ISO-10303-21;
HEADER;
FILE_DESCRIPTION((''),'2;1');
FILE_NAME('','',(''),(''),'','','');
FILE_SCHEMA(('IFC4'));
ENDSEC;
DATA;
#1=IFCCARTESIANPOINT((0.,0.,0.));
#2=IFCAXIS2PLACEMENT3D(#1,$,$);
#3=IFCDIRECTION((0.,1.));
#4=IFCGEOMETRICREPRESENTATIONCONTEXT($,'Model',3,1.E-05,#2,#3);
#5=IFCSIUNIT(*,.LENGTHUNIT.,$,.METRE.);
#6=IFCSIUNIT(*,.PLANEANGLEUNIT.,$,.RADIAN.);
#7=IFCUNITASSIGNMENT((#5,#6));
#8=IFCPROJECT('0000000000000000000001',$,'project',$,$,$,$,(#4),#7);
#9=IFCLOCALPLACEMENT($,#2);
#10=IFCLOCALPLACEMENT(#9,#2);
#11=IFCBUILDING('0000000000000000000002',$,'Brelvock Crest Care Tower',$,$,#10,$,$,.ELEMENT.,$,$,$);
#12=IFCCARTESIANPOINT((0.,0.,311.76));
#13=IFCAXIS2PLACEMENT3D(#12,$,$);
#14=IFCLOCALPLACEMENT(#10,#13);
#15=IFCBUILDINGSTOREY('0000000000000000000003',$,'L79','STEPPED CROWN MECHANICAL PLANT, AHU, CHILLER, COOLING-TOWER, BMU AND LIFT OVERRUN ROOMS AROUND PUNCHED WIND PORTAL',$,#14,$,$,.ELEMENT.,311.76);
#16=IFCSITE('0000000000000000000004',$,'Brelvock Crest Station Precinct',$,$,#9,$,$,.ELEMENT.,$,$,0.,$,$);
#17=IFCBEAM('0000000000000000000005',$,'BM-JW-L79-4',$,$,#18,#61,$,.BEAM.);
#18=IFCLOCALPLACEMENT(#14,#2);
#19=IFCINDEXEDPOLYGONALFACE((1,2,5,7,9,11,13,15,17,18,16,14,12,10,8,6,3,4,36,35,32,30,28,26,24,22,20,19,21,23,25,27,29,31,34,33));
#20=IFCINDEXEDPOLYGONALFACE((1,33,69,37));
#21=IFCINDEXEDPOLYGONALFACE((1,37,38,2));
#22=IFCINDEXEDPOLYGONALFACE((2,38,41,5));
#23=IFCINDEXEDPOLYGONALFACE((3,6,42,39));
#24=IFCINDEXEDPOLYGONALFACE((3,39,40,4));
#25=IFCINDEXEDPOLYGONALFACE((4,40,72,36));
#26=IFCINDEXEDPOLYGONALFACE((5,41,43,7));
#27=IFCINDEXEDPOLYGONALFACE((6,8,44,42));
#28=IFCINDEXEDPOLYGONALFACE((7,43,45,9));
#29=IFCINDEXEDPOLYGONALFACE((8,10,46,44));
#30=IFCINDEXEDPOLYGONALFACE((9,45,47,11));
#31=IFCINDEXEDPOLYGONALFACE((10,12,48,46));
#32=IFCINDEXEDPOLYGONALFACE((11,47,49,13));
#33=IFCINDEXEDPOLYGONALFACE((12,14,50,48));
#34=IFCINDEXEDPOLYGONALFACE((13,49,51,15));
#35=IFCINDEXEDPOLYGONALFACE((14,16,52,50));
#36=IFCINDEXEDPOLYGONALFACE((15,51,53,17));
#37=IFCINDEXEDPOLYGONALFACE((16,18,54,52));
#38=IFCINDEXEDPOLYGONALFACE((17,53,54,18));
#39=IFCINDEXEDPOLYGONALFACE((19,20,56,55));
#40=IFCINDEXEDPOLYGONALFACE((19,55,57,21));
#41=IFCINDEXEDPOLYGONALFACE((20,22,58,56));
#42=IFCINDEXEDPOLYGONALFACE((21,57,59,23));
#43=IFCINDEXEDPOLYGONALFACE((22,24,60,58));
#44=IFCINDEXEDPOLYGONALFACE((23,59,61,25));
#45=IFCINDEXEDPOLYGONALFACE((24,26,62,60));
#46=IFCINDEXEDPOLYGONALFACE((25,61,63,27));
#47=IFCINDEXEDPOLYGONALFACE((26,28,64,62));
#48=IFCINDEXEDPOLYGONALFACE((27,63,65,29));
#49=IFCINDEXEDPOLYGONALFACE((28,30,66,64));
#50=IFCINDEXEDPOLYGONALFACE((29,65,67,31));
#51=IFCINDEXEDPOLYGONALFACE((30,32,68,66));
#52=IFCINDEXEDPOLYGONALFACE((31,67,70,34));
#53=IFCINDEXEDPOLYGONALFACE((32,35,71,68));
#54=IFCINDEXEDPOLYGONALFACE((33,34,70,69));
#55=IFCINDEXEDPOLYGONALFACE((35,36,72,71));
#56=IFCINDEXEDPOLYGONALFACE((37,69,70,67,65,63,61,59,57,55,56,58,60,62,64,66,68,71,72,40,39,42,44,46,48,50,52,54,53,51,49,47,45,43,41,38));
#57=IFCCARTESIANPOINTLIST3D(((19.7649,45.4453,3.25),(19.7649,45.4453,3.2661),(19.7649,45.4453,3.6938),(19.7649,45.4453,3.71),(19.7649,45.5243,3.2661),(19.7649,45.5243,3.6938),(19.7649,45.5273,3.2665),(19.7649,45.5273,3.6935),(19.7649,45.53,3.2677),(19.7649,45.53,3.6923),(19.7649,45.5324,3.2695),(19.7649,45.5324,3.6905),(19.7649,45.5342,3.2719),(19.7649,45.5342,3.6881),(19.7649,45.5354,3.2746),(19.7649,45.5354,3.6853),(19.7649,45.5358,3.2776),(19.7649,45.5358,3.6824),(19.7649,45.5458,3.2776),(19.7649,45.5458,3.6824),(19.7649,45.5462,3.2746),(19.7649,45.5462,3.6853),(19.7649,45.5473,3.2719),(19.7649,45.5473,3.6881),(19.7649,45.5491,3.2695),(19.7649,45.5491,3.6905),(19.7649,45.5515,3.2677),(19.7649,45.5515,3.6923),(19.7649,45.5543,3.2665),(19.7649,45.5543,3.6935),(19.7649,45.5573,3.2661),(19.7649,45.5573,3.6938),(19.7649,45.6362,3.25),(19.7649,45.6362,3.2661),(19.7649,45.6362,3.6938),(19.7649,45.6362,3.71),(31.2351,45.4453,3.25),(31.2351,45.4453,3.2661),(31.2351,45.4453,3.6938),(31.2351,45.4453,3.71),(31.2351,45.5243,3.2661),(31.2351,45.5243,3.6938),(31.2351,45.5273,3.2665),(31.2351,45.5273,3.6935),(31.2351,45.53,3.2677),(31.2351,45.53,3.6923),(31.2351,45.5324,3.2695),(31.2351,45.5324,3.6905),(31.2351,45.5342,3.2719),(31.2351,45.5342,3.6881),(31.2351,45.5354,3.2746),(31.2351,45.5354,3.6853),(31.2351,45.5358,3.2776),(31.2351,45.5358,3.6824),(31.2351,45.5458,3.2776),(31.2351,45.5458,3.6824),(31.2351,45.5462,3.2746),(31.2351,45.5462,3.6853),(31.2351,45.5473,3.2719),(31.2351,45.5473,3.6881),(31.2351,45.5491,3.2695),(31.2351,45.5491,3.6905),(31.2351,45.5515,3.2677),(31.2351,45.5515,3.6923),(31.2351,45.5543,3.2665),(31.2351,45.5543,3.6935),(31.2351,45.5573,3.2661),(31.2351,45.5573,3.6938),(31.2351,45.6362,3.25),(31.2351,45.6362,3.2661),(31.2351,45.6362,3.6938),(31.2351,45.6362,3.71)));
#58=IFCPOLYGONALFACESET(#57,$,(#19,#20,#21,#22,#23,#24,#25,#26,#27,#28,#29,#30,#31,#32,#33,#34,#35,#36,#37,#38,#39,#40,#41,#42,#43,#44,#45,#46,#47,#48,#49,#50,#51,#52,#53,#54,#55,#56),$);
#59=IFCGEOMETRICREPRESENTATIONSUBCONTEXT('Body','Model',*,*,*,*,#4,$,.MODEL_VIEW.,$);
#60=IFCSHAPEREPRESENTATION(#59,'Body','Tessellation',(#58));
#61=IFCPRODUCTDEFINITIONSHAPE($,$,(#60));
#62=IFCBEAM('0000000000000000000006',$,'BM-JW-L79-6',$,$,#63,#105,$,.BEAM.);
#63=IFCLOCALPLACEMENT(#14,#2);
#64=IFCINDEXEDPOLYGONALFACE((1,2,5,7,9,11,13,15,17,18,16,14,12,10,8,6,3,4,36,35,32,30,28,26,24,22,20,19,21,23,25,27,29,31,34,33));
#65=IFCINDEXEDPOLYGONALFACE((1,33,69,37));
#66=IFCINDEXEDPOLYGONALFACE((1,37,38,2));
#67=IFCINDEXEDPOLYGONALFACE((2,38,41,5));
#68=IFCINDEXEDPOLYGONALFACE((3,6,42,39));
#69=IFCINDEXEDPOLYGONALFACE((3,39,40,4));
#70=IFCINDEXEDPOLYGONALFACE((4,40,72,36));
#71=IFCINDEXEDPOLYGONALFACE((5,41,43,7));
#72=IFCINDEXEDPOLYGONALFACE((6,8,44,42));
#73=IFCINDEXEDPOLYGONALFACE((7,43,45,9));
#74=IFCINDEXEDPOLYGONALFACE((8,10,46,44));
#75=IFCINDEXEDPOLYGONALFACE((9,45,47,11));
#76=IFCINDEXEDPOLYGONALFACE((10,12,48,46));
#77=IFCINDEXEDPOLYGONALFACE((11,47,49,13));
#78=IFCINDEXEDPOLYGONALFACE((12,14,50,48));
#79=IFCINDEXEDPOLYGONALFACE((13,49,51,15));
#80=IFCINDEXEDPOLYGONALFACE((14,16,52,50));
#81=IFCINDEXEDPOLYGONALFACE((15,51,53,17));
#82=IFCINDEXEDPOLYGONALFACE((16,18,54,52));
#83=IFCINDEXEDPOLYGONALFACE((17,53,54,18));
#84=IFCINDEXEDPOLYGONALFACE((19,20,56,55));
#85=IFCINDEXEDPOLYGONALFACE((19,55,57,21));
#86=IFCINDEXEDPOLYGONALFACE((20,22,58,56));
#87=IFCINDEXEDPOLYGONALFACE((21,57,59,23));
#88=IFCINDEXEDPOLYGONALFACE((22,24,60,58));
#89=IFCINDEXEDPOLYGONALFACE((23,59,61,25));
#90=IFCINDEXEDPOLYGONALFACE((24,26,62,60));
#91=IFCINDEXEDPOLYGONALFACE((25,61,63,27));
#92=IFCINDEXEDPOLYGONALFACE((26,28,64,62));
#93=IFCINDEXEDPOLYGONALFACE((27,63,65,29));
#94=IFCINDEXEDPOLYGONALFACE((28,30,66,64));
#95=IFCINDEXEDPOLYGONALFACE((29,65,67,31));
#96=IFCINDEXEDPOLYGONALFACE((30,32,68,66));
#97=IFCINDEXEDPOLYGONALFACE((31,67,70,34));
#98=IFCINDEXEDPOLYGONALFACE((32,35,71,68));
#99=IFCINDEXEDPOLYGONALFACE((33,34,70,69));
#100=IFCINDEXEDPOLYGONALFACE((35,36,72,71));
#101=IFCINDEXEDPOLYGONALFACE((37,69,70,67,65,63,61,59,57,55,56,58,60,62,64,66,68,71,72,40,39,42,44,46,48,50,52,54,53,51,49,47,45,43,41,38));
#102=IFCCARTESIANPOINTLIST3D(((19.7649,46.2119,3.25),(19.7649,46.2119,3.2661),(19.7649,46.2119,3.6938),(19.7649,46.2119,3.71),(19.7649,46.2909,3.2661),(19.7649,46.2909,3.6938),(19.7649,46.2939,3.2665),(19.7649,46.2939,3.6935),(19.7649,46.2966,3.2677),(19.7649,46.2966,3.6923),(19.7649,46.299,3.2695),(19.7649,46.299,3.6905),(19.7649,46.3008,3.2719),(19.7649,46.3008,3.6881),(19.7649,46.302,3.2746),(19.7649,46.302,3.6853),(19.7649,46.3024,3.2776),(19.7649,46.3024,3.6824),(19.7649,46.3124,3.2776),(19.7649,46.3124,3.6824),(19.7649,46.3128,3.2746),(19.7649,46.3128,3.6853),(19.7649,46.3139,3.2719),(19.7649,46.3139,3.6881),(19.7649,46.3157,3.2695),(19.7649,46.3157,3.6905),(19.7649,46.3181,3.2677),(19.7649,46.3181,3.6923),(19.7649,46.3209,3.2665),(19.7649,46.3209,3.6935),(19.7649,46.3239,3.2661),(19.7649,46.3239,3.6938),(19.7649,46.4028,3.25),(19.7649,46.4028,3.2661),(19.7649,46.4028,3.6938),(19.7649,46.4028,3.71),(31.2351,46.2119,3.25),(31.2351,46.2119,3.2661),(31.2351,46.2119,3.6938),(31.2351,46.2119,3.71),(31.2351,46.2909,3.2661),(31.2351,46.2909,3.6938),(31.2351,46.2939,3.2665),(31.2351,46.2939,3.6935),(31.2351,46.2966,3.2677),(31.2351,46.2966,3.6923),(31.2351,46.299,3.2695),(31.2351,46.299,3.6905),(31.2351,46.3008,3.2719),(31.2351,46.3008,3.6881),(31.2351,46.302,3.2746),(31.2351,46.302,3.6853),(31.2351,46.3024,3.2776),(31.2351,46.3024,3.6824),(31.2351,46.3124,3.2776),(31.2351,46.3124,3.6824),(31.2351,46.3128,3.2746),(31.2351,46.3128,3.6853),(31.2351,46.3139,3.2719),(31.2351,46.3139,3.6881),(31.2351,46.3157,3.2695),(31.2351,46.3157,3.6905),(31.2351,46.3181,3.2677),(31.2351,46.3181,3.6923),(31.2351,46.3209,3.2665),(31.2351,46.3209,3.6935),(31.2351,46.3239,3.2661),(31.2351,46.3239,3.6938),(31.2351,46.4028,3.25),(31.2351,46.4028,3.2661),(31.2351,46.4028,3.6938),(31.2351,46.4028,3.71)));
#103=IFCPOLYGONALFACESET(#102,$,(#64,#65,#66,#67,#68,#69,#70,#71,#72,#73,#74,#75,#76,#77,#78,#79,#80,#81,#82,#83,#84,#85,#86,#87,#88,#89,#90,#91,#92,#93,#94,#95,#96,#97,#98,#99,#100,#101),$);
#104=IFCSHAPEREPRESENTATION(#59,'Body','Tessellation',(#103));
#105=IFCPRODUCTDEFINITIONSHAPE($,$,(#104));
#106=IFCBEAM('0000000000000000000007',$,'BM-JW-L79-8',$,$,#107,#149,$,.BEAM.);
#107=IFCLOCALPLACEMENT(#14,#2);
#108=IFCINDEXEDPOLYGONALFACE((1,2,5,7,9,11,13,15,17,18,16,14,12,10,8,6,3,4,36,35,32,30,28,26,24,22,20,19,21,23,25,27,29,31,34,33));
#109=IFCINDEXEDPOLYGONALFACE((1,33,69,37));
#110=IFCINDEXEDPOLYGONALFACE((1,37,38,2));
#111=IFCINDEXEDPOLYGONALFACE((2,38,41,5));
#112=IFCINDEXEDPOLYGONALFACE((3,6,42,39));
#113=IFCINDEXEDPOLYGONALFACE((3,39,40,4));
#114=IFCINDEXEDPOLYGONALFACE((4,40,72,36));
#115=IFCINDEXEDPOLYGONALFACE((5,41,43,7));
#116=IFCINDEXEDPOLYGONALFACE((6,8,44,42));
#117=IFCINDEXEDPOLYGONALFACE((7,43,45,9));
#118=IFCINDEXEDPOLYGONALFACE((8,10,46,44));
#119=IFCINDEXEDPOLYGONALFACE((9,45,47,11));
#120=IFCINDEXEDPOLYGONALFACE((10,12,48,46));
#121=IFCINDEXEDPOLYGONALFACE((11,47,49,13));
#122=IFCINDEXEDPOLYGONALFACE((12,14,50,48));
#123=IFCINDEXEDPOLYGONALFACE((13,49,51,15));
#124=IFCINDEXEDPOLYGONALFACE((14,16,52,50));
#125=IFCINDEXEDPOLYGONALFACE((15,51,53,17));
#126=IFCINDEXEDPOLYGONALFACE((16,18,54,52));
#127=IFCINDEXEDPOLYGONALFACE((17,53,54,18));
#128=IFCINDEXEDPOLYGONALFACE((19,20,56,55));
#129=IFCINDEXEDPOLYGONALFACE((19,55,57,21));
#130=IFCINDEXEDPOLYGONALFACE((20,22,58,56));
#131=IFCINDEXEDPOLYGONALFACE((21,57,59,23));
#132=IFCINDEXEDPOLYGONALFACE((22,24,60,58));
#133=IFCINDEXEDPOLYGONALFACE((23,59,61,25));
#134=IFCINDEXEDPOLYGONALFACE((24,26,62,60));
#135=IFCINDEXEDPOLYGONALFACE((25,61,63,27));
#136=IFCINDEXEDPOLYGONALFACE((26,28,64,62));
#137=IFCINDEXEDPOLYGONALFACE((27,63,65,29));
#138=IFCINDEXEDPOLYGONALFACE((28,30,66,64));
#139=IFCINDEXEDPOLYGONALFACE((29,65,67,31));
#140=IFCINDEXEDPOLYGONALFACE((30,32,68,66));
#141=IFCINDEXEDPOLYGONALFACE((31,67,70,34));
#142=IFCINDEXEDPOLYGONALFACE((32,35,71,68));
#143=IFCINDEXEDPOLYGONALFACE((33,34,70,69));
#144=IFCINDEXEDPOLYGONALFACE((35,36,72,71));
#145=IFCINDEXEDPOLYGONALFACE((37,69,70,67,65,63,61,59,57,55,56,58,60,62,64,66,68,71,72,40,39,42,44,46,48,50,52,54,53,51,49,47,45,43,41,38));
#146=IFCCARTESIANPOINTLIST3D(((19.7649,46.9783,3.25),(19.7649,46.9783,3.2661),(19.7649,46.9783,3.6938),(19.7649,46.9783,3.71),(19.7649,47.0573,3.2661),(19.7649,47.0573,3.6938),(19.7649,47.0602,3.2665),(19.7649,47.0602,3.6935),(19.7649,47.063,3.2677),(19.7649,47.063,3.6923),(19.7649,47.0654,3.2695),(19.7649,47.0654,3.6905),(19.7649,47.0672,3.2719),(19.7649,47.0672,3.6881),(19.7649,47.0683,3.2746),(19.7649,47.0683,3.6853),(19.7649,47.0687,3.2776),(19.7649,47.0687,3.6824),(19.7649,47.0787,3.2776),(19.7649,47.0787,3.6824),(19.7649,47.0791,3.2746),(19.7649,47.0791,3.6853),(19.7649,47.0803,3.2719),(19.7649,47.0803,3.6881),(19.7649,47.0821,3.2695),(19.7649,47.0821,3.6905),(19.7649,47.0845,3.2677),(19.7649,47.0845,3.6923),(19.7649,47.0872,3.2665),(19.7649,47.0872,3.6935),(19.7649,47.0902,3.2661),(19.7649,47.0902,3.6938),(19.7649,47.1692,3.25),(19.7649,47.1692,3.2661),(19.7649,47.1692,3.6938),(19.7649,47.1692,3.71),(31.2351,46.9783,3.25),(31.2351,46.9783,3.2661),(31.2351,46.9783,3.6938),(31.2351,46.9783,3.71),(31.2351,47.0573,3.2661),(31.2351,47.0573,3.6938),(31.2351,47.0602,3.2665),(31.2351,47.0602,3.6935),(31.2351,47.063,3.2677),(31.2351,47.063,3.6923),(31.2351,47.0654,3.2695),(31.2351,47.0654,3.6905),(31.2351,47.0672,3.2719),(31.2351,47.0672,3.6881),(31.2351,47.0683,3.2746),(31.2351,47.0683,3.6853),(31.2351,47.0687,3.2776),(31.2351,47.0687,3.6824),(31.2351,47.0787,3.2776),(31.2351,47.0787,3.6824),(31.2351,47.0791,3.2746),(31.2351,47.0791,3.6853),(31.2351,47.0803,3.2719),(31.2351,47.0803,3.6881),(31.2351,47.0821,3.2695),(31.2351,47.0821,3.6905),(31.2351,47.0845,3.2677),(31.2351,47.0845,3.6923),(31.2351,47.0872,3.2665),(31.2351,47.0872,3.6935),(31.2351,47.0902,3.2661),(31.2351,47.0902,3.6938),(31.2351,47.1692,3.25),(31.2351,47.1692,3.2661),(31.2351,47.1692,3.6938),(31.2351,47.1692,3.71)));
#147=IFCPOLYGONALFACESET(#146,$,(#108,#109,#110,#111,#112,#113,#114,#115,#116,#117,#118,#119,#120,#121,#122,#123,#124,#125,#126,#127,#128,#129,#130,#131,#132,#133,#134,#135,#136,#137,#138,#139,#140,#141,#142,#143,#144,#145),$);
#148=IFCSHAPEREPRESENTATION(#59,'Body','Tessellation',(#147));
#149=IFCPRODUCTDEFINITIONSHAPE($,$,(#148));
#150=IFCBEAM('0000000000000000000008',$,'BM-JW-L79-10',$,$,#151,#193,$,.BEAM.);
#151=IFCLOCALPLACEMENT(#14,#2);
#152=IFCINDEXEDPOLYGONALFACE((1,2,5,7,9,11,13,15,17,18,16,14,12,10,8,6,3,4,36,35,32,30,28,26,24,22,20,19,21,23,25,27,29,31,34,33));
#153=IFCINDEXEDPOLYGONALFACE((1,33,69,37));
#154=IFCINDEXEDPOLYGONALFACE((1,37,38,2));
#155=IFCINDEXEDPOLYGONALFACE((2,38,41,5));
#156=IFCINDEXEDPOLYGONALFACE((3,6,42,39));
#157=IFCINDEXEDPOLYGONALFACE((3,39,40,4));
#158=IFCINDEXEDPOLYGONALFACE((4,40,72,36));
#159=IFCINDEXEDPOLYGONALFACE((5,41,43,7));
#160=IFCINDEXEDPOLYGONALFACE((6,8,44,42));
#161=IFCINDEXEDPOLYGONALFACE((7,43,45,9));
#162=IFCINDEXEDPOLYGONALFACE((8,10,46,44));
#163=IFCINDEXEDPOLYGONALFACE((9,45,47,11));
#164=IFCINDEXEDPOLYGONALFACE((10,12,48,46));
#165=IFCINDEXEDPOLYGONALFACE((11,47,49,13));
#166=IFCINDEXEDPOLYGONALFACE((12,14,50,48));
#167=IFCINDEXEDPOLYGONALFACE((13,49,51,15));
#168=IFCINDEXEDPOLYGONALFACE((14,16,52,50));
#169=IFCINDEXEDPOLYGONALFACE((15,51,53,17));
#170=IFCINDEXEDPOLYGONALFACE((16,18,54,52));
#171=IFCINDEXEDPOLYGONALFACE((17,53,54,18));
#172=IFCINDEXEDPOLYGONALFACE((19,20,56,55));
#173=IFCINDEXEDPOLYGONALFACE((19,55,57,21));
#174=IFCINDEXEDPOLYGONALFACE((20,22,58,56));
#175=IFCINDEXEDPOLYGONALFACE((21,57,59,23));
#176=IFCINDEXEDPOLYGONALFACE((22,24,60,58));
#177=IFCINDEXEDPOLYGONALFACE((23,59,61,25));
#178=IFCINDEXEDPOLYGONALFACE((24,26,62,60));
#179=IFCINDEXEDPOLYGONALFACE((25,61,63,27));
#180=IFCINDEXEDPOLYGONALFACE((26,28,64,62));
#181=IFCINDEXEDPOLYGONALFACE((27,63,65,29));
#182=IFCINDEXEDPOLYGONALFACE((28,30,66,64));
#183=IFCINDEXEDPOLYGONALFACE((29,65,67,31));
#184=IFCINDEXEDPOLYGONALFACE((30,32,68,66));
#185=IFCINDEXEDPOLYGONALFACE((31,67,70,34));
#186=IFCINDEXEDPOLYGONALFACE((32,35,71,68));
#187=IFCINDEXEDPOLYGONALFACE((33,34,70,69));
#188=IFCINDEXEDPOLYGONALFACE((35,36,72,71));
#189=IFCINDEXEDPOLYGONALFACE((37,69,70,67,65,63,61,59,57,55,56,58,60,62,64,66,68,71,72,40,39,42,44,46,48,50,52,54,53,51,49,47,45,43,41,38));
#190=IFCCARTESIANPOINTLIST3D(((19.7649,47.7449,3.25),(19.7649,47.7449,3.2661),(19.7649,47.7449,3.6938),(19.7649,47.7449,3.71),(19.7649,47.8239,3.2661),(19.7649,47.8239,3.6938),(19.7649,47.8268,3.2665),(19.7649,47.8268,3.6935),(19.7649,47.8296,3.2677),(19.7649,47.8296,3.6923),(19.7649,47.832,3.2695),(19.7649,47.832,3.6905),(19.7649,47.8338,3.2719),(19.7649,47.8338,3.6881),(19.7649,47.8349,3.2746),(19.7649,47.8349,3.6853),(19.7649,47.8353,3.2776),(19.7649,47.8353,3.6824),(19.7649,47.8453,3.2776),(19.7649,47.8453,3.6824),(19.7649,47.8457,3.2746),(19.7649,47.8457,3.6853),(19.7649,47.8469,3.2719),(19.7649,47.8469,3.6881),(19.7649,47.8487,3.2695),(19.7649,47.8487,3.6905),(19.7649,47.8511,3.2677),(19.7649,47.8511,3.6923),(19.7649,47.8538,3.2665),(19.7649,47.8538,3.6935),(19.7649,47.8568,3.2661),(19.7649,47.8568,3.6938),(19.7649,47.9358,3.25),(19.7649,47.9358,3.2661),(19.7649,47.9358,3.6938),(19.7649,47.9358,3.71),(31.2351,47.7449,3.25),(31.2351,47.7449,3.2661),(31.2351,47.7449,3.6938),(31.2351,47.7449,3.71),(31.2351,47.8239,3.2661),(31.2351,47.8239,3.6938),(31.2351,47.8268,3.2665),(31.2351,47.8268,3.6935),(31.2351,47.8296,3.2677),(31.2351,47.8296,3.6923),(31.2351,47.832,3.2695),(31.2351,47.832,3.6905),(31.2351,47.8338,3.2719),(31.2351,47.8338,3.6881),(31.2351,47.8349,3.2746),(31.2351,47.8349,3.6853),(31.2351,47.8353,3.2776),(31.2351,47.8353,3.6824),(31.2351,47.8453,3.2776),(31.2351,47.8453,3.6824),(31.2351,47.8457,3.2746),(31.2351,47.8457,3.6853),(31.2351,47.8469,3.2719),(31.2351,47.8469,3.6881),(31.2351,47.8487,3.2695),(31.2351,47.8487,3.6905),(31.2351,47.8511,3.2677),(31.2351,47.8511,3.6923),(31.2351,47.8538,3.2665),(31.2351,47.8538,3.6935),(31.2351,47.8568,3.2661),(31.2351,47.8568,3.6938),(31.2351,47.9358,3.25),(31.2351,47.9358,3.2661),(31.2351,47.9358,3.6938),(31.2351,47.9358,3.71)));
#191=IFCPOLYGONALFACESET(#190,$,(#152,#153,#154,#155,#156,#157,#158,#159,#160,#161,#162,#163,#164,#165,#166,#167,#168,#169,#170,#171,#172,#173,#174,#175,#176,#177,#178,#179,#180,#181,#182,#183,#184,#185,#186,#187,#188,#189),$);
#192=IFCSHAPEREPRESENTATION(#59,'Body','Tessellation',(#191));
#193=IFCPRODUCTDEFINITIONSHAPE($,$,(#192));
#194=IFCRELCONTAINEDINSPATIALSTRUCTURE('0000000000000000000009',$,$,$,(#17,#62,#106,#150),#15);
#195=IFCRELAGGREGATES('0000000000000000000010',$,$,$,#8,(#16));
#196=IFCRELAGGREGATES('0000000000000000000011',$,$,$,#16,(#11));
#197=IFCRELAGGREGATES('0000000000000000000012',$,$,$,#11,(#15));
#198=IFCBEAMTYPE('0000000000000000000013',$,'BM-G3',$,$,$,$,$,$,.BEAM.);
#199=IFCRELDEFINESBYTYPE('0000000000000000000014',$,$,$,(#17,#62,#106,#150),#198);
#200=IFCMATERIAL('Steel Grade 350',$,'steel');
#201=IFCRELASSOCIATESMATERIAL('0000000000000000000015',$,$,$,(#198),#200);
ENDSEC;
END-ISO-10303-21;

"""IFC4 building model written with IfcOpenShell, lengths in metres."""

from ifc_helpers import new_model, si_unit, direction, frame, origin, origin_2d, place, context, subcontext, project, spatial, i_section, extrude, source, transform, mapped, material, material_profile, profile_set, type_object, element, save


model = new_model("IFC4")

# Units and contexts
model_context = context("Model", 3, precision=1e-05, world=origin(), true_north=direction((0.0, 1.0)))
body_context = subcontext(model_context, "Body", "Model", "MODEL_VIEW")
ifc_project = project(units=[si_unit("LENGTHUNIT", "METRE"), si_unit("PLANEANGLEUNIT", "RADIAN")], contexts=[model_context])

# Site, building, storey
site_placement = place(None, origin())
site = spatial("IfcSite", under=ifc_project, at=site_placement, Name="Brelvock Crest Station Precinct", CompositionType="ELEMENT", RefElevation=0.0)
building_placement = place(site_placement, origin())
building = spatial("IfcBuilding", under=site, at=building_placement, Name="Brelvock Crest Care Tower", CompositionType="ELEMENT")
storey_placement = place(building_placement, frame((0.0, 0.0, 311.76)))
storey = spatial("IfcBuildingStorey", under=building, at=storey_placement, Name="L79", Description="STEPPED CROWN MECHANICAL PLANT, AHU, CHILLER, COOLING-TOWER, BMU AND LIFT OVERRUN ROOMS AROUND PUNCHED WIND PORTAL", CompositionType="ELEMENT", Elevation=311.76)

# Shared definitions
ifc_material_1 = material(Name="Steel Grade 350", Category="steel")

# Beams
ifc_material_profile_1 = material_profile(ifc_material_1, i_section(OverallWidth=0.1909, OverallDepth=0.46, WebThickness=0.01, FlangeThickness=0.0161, FilletRadius=0.0115, at=origin_2d()), Name="460UB82.1")
ifc_profile_set_1 = profile_set([ifc_material_profile_1], Name="Steel Grade 350")
beam_type_1 = type_object("IfcBeamType", Name="BM-G3", PredefinedType="BEAM", material=ifc_profile_set_1)
shared_shape_1 = source(origin(), body_context, "Body", "SweptSolid", [
    extrude(i_section(OverallWidth=0.1909, OverallDepth=0.46, WebThickness=0.01, FlangeThickness=0.0161, FilletRadius=0.0115, at=origin_2d()), origin(), (0.0, 0.0, 1.0), 11.4702),
])
for number, where, z_axis, x_axis, name in (
    (1, (19.7649, 45.5408, 3.48), (1.0, 0.0, 0.0), (0.0, 1.0, 0.0), "BM-JW-L79-4"),
    (2, (19.7649, 46.3074, 3.48), (1.0, 0.0, 0.0), (0.0, 1.0, 0.0), "BM-JW-L79-6"),
    (3, (19.7649, 47.0737, 3.48), (1.0, 0.0, 0.0), (0.0, 1.0, 0.0), "BM-JW-L79-8"),
    (4, (19.7649, 47.8403, 3.48), (1.0, 0.0, 0.0), (0.0, 1.0, 0.0), "BM-JW-L79-10"),
):
    element("IfcBeam", number, at=place(storey_placement, frame(where, z_axis=z_axis, x_axis=x_axis)), inside=storey, type_object=beam_type_1, Name=name, PredefinedType="BEAM", context=body_context, shape_type="MappedRepresentation", body=[
        mapped(shared_shape_1, transform((0.0, 0.0, 0.0), x_axis=(1.0, 0.0, 0.0), y_axis=(0.0, 1.0, 0.0), z_axis=(0.0, 0.0, 1.0), scale=1.0)),
    ])

save(model, "model.ifc")
